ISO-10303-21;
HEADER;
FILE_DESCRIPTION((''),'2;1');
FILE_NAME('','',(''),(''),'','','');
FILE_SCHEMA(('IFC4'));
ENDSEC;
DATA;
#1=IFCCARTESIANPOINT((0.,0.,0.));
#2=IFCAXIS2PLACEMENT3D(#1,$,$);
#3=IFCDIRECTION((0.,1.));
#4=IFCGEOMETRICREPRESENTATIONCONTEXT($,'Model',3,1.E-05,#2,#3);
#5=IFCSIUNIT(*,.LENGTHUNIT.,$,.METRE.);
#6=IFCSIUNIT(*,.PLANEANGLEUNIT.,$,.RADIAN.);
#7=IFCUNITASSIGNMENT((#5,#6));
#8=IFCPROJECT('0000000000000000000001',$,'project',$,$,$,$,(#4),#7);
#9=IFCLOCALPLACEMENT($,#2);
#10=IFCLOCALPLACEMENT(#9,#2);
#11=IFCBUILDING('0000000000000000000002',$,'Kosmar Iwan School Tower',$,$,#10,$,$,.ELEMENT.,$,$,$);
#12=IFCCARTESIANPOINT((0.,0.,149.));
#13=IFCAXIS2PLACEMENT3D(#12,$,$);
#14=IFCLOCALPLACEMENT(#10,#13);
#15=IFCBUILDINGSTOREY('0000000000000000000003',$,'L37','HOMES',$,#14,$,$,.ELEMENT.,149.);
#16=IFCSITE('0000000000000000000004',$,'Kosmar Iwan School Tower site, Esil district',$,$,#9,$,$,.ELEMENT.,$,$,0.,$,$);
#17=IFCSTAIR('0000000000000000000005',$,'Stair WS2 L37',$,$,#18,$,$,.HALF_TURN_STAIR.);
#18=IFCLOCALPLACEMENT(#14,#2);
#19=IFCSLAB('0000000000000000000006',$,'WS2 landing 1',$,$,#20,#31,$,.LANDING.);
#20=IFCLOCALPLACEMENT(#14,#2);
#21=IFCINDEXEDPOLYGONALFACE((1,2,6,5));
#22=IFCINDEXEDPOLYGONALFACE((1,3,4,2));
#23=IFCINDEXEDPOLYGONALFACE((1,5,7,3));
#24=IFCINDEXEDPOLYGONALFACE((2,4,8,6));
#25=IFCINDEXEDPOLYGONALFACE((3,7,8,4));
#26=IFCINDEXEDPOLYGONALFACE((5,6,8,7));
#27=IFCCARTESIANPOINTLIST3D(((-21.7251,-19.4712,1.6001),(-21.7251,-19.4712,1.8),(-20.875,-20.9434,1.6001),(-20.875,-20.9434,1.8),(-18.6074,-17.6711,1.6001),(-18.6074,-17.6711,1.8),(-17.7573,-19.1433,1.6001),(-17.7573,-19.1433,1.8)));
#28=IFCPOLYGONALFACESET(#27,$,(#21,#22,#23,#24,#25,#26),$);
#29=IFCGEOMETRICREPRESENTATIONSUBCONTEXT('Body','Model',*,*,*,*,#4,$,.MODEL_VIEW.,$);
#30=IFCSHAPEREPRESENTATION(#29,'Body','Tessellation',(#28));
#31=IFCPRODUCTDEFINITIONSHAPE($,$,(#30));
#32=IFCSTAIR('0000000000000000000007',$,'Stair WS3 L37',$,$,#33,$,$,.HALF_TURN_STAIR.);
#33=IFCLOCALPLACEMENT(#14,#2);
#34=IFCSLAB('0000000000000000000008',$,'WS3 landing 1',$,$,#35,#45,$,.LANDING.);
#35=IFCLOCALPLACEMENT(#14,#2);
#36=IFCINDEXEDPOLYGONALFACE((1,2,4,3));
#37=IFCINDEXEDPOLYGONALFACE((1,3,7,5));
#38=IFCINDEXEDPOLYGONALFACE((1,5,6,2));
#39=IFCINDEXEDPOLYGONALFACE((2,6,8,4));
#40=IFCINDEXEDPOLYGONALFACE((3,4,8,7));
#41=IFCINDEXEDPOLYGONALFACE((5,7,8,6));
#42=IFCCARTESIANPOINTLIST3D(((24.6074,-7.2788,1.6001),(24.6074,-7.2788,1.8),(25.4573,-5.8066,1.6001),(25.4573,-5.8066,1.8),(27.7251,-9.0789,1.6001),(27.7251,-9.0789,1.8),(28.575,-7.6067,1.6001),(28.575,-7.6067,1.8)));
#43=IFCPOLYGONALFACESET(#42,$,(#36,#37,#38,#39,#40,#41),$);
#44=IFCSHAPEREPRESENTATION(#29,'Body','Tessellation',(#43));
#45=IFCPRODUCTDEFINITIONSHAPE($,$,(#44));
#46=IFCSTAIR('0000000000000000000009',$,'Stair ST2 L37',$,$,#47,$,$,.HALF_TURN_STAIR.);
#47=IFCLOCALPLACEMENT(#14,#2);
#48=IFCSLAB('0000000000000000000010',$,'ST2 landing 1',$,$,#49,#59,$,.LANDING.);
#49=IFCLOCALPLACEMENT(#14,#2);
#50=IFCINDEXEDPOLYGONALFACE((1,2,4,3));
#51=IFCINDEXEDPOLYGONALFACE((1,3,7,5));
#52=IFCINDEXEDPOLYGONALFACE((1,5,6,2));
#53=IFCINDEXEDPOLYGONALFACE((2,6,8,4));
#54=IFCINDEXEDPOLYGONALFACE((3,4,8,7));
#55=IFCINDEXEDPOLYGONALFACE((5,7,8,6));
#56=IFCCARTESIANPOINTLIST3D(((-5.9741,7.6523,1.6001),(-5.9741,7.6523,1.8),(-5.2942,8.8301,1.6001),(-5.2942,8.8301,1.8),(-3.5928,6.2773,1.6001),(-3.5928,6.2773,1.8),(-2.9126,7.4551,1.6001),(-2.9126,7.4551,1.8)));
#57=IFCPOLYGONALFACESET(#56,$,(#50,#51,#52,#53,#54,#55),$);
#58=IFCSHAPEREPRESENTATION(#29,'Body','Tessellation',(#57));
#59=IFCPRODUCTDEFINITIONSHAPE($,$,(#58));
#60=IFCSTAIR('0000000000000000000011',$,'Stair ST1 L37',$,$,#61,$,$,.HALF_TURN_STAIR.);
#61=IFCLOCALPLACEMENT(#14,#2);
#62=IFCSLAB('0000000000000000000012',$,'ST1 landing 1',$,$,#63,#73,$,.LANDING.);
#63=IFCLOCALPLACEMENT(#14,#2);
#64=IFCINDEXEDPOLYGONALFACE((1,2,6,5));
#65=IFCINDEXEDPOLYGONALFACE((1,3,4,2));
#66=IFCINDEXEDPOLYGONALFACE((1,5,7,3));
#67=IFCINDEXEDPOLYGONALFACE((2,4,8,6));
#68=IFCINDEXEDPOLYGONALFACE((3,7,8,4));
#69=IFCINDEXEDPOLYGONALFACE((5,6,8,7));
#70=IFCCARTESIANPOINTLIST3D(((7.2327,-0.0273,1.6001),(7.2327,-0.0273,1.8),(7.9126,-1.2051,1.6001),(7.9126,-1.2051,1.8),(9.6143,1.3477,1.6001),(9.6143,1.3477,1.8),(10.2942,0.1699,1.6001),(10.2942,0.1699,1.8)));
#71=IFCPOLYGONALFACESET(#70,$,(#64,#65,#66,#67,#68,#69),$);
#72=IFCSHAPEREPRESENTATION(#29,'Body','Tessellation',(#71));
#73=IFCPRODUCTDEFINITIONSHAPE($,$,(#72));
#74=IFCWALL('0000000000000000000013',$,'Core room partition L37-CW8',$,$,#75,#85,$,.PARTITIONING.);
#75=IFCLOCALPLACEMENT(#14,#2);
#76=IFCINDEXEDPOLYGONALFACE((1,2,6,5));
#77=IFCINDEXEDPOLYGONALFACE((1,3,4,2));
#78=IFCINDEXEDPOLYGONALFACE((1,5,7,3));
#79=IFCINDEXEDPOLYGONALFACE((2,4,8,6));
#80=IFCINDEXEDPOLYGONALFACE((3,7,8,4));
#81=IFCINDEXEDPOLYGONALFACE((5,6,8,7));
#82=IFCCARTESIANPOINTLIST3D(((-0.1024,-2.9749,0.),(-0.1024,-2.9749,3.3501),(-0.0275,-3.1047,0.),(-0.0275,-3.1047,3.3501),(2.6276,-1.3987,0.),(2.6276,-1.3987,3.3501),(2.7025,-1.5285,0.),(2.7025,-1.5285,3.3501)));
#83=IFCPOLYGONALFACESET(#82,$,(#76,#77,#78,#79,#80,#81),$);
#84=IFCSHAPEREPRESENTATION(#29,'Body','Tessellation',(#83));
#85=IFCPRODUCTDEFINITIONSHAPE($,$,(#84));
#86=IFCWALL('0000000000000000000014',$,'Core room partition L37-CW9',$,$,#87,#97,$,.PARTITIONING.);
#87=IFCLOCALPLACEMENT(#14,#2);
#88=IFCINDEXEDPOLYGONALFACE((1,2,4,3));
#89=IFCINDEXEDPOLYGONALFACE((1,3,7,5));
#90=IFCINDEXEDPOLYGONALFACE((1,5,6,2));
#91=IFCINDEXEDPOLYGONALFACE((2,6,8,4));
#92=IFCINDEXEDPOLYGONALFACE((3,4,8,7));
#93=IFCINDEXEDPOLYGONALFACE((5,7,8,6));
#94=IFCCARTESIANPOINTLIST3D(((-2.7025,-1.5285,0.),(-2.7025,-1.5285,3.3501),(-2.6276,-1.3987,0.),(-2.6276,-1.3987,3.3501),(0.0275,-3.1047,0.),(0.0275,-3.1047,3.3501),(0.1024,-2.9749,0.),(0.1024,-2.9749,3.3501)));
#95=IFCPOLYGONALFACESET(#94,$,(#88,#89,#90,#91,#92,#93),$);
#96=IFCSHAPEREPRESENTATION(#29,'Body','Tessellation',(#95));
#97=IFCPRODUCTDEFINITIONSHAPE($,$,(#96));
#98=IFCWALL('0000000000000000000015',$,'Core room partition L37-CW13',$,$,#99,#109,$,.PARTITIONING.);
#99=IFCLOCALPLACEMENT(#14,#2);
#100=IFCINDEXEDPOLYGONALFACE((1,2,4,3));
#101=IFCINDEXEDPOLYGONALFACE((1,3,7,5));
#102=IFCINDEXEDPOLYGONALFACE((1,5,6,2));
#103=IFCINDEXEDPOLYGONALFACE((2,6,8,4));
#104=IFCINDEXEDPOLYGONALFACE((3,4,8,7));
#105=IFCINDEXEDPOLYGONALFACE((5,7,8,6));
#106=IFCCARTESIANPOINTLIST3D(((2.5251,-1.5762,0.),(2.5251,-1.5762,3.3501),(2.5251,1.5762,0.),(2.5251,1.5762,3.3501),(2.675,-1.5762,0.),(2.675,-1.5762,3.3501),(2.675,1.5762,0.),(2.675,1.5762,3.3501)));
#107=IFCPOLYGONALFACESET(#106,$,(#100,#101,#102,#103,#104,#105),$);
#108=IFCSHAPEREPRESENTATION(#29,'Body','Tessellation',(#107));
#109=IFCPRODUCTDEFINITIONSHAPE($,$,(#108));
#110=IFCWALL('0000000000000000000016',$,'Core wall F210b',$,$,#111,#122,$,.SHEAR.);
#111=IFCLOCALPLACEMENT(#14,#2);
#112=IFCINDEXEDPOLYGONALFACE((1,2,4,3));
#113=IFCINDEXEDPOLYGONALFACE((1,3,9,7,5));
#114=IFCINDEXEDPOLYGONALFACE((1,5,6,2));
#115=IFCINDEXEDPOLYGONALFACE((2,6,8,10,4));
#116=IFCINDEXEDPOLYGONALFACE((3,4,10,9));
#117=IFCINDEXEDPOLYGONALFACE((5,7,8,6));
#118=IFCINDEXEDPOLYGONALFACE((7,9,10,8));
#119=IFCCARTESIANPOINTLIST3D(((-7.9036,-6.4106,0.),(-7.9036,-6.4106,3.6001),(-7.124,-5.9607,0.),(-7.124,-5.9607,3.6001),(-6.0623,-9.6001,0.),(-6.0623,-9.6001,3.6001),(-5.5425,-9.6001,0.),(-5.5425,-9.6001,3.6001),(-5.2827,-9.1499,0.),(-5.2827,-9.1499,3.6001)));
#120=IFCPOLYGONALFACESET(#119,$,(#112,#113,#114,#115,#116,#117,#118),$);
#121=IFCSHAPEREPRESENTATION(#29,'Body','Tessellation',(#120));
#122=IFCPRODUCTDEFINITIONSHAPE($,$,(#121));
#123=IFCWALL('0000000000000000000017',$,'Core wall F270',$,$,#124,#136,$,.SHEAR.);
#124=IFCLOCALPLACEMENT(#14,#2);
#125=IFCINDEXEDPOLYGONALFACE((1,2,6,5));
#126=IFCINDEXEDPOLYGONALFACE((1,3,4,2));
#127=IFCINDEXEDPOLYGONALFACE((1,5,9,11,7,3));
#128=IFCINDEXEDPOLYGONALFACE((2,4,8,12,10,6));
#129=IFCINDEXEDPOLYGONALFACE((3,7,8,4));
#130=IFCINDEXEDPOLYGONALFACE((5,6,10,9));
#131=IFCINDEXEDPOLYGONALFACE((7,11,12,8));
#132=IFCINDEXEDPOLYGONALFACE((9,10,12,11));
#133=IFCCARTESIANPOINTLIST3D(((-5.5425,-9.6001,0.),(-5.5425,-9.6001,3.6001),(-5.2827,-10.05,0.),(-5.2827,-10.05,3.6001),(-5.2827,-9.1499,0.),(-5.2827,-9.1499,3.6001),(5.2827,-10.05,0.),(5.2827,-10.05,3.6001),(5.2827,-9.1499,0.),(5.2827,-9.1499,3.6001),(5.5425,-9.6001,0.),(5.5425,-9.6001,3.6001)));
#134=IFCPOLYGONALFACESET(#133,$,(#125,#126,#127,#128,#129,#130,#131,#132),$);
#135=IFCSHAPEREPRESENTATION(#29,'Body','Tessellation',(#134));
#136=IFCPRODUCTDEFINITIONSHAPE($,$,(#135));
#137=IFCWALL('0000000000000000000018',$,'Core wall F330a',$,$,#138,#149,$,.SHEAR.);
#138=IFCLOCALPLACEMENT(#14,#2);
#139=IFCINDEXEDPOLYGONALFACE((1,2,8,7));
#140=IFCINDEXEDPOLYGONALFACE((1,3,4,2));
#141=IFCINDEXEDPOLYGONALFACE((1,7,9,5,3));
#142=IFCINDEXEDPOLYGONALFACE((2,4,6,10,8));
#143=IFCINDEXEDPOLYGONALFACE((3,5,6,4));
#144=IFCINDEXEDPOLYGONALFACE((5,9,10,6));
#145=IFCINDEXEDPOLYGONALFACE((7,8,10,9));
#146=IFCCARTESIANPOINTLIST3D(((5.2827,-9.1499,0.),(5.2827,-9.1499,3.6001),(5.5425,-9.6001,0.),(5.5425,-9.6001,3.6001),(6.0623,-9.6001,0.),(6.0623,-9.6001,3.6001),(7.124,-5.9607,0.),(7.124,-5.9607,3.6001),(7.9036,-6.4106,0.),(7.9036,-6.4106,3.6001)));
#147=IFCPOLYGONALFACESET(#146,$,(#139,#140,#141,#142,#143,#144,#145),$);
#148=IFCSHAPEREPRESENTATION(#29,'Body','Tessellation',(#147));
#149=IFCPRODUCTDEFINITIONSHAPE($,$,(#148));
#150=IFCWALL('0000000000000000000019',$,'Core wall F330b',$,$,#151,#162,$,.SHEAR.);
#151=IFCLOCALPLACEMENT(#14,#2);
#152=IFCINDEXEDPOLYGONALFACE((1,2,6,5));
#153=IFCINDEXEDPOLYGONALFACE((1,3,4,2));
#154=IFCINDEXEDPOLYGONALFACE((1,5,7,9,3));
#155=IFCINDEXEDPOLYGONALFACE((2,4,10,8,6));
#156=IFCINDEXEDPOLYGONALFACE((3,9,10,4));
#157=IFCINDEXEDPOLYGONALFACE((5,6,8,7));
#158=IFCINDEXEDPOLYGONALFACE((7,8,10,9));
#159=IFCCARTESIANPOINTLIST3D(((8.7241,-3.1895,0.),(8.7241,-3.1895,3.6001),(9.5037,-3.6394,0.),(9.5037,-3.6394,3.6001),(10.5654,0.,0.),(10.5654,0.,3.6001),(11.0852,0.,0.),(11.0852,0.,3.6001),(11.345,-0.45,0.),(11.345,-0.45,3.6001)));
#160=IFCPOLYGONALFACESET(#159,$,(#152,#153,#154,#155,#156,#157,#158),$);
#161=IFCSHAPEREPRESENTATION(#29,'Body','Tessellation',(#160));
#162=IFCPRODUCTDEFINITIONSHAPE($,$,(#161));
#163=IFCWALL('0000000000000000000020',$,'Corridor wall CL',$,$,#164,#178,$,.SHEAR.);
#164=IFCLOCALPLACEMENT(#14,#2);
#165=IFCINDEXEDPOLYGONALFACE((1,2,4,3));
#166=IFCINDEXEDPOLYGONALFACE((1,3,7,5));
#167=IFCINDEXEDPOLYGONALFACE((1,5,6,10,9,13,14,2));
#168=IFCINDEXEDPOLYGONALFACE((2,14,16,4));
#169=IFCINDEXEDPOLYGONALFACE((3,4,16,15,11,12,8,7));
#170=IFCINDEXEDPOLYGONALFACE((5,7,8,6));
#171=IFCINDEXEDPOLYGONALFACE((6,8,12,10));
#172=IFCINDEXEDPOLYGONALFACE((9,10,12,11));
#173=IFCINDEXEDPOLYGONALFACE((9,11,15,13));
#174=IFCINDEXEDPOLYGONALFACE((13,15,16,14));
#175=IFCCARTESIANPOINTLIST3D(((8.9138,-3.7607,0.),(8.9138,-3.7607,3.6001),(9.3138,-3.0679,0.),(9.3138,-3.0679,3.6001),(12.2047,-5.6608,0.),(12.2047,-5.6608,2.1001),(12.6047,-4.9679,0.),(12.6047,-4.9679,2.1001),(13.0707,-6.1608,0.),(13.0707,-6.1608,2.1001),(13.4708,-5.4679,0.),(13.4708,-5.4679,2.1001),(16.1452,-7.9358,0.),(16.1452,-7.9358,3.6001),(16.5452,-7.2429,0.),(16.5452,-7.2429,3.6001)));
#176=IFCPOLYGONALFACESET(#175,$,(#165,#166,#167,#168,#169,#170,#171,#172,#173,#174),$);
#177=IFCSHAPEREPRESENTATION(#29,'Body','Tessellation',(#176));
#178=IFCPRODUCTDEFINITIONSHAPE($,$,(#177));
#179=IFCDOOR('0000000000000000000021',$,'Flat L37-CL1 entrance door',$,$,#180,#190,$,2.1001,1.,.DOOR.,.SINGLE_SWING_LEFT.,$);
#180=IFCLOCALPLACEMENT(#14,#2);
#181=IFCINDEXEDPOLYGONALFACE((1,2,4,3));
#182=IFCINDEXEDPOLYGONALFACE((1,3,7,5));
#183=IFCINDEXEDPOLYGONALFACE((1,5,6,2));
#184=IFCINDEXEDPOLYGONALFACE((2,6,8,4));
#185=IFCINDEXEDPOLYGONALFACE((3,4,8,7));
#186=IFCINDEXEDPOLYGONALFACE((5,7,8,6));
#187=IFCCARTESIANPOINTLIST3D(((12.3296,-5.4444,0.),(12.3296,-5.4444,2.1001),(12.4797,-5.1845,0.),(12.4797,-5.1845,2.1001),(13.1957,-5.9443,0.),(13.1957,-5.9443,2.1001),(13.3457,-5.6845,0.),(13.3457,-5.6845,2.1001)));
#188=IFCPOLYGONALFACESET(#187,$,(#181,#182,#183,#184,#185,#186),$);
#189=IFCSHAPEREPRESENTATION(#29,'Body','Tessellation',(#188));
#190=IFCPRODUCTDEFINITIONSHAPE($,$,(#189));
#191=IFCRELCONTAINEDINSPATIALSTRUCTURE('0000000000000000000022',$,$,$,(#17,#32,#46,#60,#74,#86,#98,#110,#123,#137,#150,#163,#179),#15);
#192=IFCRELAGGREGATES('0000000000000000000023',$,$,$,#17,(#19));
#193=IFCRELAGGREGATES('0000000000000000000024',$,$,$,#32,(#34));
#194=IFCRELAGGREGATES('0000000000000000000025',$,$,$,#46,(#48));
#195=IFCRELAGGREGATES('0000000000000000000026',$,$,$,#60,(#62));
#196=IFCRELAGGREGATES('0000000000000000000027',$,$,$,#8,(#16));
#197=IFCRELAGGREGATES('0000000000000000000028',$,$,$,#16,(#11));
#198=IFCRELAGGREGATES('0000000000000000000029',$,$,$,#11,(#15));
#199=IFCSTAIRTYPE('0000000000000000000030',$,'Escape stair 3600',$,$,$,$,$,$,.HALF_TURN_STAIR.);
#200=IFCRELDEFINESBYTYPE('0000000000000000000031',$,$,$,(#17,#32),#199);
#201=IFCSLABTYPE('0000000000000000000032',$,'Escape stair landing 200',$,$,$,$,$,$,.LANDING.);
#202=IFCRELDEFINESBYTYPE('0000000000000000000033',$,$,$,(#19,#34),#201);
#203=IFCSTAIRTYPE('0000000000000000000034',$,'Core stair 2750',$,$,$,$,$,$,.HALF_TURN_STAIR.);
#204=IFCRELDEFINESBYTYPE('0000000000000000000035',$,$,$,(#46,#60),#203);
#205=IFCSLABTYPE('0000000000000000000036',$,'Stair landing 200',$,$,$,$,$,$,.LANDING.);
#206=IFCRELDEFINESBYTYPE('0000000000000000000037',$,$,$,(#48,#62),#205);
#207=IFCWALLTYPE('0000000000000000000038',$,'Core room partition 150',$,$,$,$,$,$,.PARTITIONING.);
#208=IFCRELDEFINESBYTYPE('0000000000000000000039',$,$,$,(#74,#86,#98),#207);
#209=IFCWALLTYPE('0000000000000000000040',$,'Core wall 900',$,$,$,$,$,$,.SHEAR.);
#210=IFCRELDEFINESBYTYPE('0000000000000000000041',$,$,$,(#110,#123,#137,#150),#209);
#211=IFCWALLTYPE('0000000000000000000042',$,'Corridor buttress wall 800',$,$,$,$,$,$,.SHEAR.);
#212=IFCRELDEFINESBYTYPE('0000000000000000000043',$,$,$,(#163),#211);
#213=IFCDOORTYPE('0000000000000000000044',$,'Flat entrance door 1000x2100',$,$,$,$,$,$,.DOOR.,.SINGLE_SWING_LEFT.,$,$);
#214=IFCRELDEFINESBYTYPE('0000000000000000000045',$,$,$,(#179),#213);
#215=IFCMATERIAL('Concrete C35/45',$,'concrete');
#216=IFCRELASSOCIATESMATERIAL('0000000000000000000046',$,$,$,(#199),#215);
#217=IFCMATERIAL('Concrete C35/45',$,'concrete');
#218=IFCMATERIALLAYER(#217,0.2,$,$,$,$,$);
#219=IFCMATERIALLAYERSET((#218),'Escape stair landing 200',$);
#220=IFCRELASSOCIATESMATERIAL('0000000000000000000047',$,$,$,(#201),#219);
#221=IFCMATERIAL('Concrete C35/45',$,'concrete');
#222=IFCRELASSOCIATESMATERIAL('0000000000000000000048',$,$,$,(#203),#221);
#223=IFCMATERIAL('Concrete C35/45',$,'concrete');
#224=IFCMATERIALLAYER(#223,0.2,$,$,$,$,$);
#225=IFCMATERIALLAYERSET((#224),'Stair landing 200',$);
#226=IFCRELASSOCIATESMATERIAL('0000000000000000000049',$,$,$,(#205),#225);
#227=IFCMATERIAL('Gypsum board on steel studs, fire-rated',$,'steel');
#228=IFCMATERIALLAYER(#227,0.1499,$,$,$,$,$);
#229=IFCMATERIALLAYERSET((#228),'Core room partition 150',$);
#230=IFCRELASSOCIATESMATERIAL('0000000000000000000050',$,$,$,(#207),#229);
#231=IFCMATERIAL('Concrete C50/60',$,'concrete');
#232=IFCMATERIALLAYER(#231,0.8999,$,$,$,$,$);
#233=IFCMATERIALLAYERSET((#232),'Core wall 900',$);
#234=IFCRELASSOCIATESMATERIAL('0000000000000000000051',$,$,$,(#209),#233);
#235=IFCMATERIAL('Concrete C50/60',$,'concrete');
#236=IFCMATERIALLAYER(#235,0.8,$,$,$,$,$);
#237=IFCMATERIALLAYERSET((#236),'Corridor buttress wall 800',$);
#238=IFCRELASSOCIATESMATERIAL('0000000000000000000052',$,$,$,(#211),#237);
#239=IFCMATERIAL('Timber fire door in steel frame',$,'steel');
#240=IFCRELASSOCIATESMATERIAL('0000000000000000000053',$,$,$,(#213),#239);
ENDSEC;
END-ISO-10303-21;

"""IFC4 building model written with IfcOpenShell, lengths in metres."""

from ifc_helpers import new_model, si_unit, direction, frame, frame_2d, origin, place, context, subcontext, project, spatial, polyline, rectangle, outline, extrude, material, layer, layer_set, type_object, element, fill, aggregate, save


model = new_model("IFC4")

# Units and contexts
model_context = context("Model", 3, precision=1e-05, world=origin(), true_north=direction((0.0, 1.0)))
body_context = subcontext(model_context, "Body", "Model", "MODEL_VIEW")
ifc_project = project(units=[si_unit("LENGTHUNIT", "METRE"), si_unit("PLANEANGLEUNIT", "RADIAN")], contexts=[model_context])

# Site, building, storey
site_placement = place(None, origin())
site = spatial("IfcSite", under=ifc_project, at=site_placement, Name="Kosmar Iwan School Tower site, Esil district", CompositionType="ELEMENT", RefElevation=0.0)
building_placement = place(site_placement, origin())
building = spatial("IfcBuilding", under=site, at=building_placement, Name="Kosmar Iwan School Tower", CompositionType="ELEMENT")
storey_placement = place(building_placement, frame((0.0, 0.0, 149.0)))
storey = spatial("IfcBuildingStorey", under=building, at=storey_placement, Name="L37", Description="HOMES", CompositionType="ELEMENT", Elevation=149.0)

# Stairs, slabs
ifc_material_1 = material(Name="Concrete C35/45", Category="concrete")
stair_type_1 = type_object("IfcStairType", Name="Escape stair 3600", PredefinedType="HALF_TURN_STAIR", material=ifc_material_1)
stair_1_placement = place(storey_placement, origin())
stair_1 = element("IfcStair", 1, at=stair_1_placement, inside=storey, type_object=stair_type_1, Name="Stair WS2 L37", PredefinedType="HALF_TURN_STAIR")
ifc_material_2 = material(Name="Concrete C35/45", Category="concrete")
ifc_layer_1 = layer(ifc_material_2, 0.2)
ifc_layer_set_1 = layer_set([ifc_layer_1], Name="Escape stair landing 200")
slab_type_1 = type_object("IfcSlabType", Name="Escape stair landing 200", PredefinedType="LANDING", material=ifc_layer_set_1)
slab_1_placement = place(storey_placement, frame((0.0, 0.0, 1.6001)))
slab_1 = element("IfcSlab", 2, at=slab_1_placement, type_object=slab_type_1, Name="WS2 landing 1", PredefinedType="LANDING", context=body_context, shape_type="SweptSolid", body=[
    extrude(outline(polyline([(-18.6074, -17.6711), (-21.7251, -19.4712), (-20.875, -20.9434), (-17.7573, -19.1433), (-18.6074, -17.6711)])), origin(), (0.0, 0.0, 1.0), 0.2),
])
aggregate(stair_1, [slab_1])
stair_2_placement = place(storey_placement, origin())
stair_2 = element("IfcStair", 3, at=stair_2_placement, inside=storey, type_object=stair_type_1, Name="Stair WS3 L37", PredefinedType="HALF_TURN_STAIR")
slab_2_placement = place(storey_placement, frame((0.0, 0.0, 1.6001)))
slab_2 = element("IfcSlab", 4, at=slab_2_placement, type_object=slab_type_1, Name="WS3 landing 1", PredefinedType="LANDING", context=body_context, shape_type="SweptSolid", body=[
    extrude(outline(polyline([(24.6074, -7.2788), (27.7251, -9.0789), (28.575, -7.6067), (25.4573, -5.8066), (24.6074, -7.2788)])), origin(), (0.0, 0.0, 1.0), 0.2),
])
aggregate(stair_2, [slab_2])
ifc_material_3 = material(Name="Concrete C35/45", Category="concrete")
stair_type_2 = type_object("IfcStairType", Name="Core stair 2750", PredefinedType="HALF_TURN_STAIR", material=ifc_material_3)
stair_3_placement = place(storey_placement, origin())
stair_3 = element("IfcStair", 5, at=stair_3_placement, inside=storey, type_object=stair_type_2, Name="Stair ST2 L37", PredefinedType="HALF_TURN_STAIR")
ifc_material_4 = material(Name="Concrete C35/45", Category="concrete")
ifc_layer_2 = layer(ifc_material_4, 0.2)
ifc_layer_set_2 = layer_set([ifc_layer_2], Name="Stair landing 200")
slab_type_2 = type_object("IfcSlabType", Name="Stair landing 200", PredefinedType="LANDING", material=ifc_layer_set_2)
slab_3_placement = place(storey_placement, frame((0.0, 0.0, 1.6001)))
slab_3 = element("IfcSlab", 6, at=slab_3_placement, type_object=slab_type_2, Name="ST2 landing 1", PredefinedType="LANDING", context=body_context, shape_type="SweptSolid", body=[
    extrude(outline(polyline([(-2.9126, 7.4551), (-5.2942, 8.8301), (-5.9741, 7.6523), (-3.5928, 6.2773), (-2.9126, 7.4551)])), origin(), (0.0, 0.0, 1.0), 0.2),
])
aggregate(stair_3, [slab_3])
stair_4_placement = place(storey_placement, origin())
stair_4 = element("IfcStair", 7, at=stair_4_placement, inside=storey, type_object=stair_type_2, Name="Stair ST1 L37", PredefinedType="HALF_TURN_STAIR")
slab_4_placement = place(storey_placement, frame((0.0, 0.0, 1.6001)))
slab_4 = element("IfcSlab", 8, at=slab_4_placement, type_object=slab_type_2, Name="ST1 landing 1", PredefinedType="LANDING", context=body_context, shape_type="SweptSolid", body=[
    extrude(outline(polyline([(7.9126, -1.2051), (10.2942, 0.1699), (9.6143, 1.3477), (7.2327, -0.0273), (7.9126, -1.2051)])), origin(), (0.0, 0.0, 1.0), 0.2),
])

# Walls
ifc_material_5 = material(Name="Gypsum board on steel studs, fire-rated", Category="steel")
ifc_layer_3 = layer(ifc_material_5, 0.1499)
ifc_layer_set_3 = layer_set([ifc_layer_3], Name="Core room partition 150")
wall_type_1 = type_object("IfcWallType", Name="Core room partition 150", PredefinedType="PARTITIONING", material=ifc_layer_set_3)
for number, where, z_axis, x_axis, name in (
    (9, (2.665, -1.4636, 0.0), (0.0, 0.0, 1.0), (-0.866023, -0.500004, 0.0), "Core room partition L37-CW8"),
    (10, (0.0649, -3.0398, 0.0), (0.0, 0.0, 1.0), (-0.866023, 0.500004, 0.0), "Core room partition L37-CW9"),
    (11, (2.6001, 1.5762, 0.0), (0.0, 0.0, 1.0), (0.0, -1.0, 0.0), "Core room partition L37-CW13"),
):
    element("IfcWall", number, at=place(storey_placement, frame(where, z_axis=z_axis, x_axis=x_axis)), inside=storey, type_object=wall_type_1, Name=name, PredefinedType="PARTITIONING", context=body_context, shape_type="SweptSolid", body=[
        extrude(rectangle(XDim=3.1523, YDim=0.1499, at=frame_2d((1.5762, 0.0))), origin(), (0.0, 0.0, 1.0), 3.3501),
    ])
ifc_material_6 = material(Name="Concrete C50/60", Category="concrete")
ifc_layer_4 = layer(ifc_material_6, 0.8999)
ifc_layer_set_4 = layer_set([ifc_layer_4], Name="Core wall 900")
wall_type_2 = type_object("IfcWallType", Name="Core wall 900", PredefinedType="SHEAR", material=ifc_layer_set_4)
wall_1_placement = place(storey_placement, origin())
element("IfcWall", 12, at=wall_1_placement, inside=storey, type_object=wall_type_2, Name="Core wall F210b", PredefinedType="SHEAR", context=body_context, shape_type="SweptSolid", body=[
    extrude(outline(polyline([(-6.0623, -9.6001), (-5.5425, -9.6001), (-5.2827, -9.1499), (-7.124, -5.9607), (-7.9036, -6.4106), (-6.0623, -9.6001)])), origin(), (0.0, 0.0, 1.0), 3.6001),
])
wall_2_placement = place(storey_placement, origin())
element("IfcWall", 13, at=wall_2_placement, inside=storey, type_object=wall_type_2, Name="Core wall F270", PredefinedType="SHEAR", context=body_context, shape_type="SweptSolid", body=[
    extrude(outline(polyline([(-5.2827, -10.05), (5.2827, -10.05), (5.5425, -9.6001), (5.2827, -9.1499), (-5.2827, -9.1499), (-5.5425, -9.6001), (-5.2827, -10.05)])), origin(), (0.0, 0.0, 1.0), 3.6001),
])
wall_3_placement = place(storey_placement, origin())
element("IfcWall", 14, at=wall_3_placement, inside=storey, type_object=wall_type_2, Name="Core wall F330a", PredefinedType="SHEAR", context=body_context, shape_type="SweptSolid", body=[
    extrude(outline(polyline([(5.5425, -9.6001), (6.0623, -9.6001), (7.9036, -6.4106), (7.124, -5.9607), (5.2827, -9.1499), (5.5425, -9.6001)])), origin(), (0.0, 0.0, 1.0), 3.6001),
])
wall_4_placement = place(storey_placement, origin())
element("IfcWall", 15, at=wall_4_placement, inside=storey, type_object=wall_type_2, Name="Core wall F330b", PredefinedType="SHEAR", context=body_context, shape_type="SweptSolid", body=[
    extrude(outline(polyline([(9.5037, -3.6394), (11.345, -0.45), (11.0852, 0.0), (10.5654, 0.0), (8.7241, -3.1895), (9.5037, -3.6394)])), origin(), (0.0, 0.0, 1.0), 3.6001),
])

# Wall, opening, door
ifc_material_7 = material(Name="Concrete C50/60", Category="concrete")
ifc_layer_5 = layer(ifc_material_7, 0.8)
ifc_layer_set_5 = layer_set([ifc_layer_5], Name="Corridor buttress wall 800")
wall_type_3 = type_object("IfcWallType", Name="Corridor buttress wall 800", PredefinedType="SHEAR", material=ifc_layer_set_5)
wall_5_placement = place(storey_placement, frame((9.1138, -3.4143, 0.0), z_axis=(0.0, 0.0, 1.0), x_axis=(0.866027, -0.499997, 0.0)))
wall_5 = element("IfcWall", 16, at=wall_5_placement, inside=storey, type_object=wall_type_3, Name="Corridor wall CL", PredefinedType="SHEAR", context=body_context, shape_type="SweptSolid", body=[
    extrude(rectangle(XDim=8.3501, YDim=0.8, at=frame_2d((4.175, 0.0))), origin(), (0.0, 0.0, 1.0), 3.6001),
])
opening_1_placement = place(wall_5_placement, frame((3.8, 0.0, 0.0)))
opening_1 = element("IfcOpeningElement", 17, at=opening_1_placement, cuts=wall_5, PredefinedType="OPENING", context=body_context, shape_type="SweptSolid", body=[
    extrude(rectangle(XDim=1.0, YDim=2.1001, at=frame_2d((0.5, 1.05))), frame((0.0, 0.4121, 0.0), z_axis=(0.0, -1.0, 0.0), x_axis=(1.0, 0.0, 0.0)), (0.0, 0.0, 1.0), 0.824),
])
ifc_material_8 = material(Name="Timber fire door in steel frame", Category="steel")
door_type_1 = type_object("IfcDoorType", Name="Flat entrance door 1000x2100", OperationType="SINGLE_SWING_LEFT", PredefinedType="DOOR", material=ifc_material_8)
door_1_placement = place(opening_1_placement, origin())
door_1 = element("IfcDoor", 18, at=door_1_placement, inside=storey, type_object=door_type_1, Name="Flat L37-CL1 entrance door", OperationType="SINGLE_SWING_LEFT", OverallHeight=2.1001, OverallWidth=1.0, PredefinedType="DOOR", context=body_context, shape_type="SweptSolid", body=[
    extrude(rectangle(XDim=1.0, YDim=2.1001, at=frame_2d((0.5, 1.05))), frame((0.0, 0.1499, 0.0), z_axis=(0.0, -1.0, 0.0), x_axis=(1.0, 0.0, 0.0)), (0.0, 0.0, 1.0), 0.3),
])
fill(opening_1, door_1)

aggregate(stair_4, [slab_4])

save(model, "model.ifc")
